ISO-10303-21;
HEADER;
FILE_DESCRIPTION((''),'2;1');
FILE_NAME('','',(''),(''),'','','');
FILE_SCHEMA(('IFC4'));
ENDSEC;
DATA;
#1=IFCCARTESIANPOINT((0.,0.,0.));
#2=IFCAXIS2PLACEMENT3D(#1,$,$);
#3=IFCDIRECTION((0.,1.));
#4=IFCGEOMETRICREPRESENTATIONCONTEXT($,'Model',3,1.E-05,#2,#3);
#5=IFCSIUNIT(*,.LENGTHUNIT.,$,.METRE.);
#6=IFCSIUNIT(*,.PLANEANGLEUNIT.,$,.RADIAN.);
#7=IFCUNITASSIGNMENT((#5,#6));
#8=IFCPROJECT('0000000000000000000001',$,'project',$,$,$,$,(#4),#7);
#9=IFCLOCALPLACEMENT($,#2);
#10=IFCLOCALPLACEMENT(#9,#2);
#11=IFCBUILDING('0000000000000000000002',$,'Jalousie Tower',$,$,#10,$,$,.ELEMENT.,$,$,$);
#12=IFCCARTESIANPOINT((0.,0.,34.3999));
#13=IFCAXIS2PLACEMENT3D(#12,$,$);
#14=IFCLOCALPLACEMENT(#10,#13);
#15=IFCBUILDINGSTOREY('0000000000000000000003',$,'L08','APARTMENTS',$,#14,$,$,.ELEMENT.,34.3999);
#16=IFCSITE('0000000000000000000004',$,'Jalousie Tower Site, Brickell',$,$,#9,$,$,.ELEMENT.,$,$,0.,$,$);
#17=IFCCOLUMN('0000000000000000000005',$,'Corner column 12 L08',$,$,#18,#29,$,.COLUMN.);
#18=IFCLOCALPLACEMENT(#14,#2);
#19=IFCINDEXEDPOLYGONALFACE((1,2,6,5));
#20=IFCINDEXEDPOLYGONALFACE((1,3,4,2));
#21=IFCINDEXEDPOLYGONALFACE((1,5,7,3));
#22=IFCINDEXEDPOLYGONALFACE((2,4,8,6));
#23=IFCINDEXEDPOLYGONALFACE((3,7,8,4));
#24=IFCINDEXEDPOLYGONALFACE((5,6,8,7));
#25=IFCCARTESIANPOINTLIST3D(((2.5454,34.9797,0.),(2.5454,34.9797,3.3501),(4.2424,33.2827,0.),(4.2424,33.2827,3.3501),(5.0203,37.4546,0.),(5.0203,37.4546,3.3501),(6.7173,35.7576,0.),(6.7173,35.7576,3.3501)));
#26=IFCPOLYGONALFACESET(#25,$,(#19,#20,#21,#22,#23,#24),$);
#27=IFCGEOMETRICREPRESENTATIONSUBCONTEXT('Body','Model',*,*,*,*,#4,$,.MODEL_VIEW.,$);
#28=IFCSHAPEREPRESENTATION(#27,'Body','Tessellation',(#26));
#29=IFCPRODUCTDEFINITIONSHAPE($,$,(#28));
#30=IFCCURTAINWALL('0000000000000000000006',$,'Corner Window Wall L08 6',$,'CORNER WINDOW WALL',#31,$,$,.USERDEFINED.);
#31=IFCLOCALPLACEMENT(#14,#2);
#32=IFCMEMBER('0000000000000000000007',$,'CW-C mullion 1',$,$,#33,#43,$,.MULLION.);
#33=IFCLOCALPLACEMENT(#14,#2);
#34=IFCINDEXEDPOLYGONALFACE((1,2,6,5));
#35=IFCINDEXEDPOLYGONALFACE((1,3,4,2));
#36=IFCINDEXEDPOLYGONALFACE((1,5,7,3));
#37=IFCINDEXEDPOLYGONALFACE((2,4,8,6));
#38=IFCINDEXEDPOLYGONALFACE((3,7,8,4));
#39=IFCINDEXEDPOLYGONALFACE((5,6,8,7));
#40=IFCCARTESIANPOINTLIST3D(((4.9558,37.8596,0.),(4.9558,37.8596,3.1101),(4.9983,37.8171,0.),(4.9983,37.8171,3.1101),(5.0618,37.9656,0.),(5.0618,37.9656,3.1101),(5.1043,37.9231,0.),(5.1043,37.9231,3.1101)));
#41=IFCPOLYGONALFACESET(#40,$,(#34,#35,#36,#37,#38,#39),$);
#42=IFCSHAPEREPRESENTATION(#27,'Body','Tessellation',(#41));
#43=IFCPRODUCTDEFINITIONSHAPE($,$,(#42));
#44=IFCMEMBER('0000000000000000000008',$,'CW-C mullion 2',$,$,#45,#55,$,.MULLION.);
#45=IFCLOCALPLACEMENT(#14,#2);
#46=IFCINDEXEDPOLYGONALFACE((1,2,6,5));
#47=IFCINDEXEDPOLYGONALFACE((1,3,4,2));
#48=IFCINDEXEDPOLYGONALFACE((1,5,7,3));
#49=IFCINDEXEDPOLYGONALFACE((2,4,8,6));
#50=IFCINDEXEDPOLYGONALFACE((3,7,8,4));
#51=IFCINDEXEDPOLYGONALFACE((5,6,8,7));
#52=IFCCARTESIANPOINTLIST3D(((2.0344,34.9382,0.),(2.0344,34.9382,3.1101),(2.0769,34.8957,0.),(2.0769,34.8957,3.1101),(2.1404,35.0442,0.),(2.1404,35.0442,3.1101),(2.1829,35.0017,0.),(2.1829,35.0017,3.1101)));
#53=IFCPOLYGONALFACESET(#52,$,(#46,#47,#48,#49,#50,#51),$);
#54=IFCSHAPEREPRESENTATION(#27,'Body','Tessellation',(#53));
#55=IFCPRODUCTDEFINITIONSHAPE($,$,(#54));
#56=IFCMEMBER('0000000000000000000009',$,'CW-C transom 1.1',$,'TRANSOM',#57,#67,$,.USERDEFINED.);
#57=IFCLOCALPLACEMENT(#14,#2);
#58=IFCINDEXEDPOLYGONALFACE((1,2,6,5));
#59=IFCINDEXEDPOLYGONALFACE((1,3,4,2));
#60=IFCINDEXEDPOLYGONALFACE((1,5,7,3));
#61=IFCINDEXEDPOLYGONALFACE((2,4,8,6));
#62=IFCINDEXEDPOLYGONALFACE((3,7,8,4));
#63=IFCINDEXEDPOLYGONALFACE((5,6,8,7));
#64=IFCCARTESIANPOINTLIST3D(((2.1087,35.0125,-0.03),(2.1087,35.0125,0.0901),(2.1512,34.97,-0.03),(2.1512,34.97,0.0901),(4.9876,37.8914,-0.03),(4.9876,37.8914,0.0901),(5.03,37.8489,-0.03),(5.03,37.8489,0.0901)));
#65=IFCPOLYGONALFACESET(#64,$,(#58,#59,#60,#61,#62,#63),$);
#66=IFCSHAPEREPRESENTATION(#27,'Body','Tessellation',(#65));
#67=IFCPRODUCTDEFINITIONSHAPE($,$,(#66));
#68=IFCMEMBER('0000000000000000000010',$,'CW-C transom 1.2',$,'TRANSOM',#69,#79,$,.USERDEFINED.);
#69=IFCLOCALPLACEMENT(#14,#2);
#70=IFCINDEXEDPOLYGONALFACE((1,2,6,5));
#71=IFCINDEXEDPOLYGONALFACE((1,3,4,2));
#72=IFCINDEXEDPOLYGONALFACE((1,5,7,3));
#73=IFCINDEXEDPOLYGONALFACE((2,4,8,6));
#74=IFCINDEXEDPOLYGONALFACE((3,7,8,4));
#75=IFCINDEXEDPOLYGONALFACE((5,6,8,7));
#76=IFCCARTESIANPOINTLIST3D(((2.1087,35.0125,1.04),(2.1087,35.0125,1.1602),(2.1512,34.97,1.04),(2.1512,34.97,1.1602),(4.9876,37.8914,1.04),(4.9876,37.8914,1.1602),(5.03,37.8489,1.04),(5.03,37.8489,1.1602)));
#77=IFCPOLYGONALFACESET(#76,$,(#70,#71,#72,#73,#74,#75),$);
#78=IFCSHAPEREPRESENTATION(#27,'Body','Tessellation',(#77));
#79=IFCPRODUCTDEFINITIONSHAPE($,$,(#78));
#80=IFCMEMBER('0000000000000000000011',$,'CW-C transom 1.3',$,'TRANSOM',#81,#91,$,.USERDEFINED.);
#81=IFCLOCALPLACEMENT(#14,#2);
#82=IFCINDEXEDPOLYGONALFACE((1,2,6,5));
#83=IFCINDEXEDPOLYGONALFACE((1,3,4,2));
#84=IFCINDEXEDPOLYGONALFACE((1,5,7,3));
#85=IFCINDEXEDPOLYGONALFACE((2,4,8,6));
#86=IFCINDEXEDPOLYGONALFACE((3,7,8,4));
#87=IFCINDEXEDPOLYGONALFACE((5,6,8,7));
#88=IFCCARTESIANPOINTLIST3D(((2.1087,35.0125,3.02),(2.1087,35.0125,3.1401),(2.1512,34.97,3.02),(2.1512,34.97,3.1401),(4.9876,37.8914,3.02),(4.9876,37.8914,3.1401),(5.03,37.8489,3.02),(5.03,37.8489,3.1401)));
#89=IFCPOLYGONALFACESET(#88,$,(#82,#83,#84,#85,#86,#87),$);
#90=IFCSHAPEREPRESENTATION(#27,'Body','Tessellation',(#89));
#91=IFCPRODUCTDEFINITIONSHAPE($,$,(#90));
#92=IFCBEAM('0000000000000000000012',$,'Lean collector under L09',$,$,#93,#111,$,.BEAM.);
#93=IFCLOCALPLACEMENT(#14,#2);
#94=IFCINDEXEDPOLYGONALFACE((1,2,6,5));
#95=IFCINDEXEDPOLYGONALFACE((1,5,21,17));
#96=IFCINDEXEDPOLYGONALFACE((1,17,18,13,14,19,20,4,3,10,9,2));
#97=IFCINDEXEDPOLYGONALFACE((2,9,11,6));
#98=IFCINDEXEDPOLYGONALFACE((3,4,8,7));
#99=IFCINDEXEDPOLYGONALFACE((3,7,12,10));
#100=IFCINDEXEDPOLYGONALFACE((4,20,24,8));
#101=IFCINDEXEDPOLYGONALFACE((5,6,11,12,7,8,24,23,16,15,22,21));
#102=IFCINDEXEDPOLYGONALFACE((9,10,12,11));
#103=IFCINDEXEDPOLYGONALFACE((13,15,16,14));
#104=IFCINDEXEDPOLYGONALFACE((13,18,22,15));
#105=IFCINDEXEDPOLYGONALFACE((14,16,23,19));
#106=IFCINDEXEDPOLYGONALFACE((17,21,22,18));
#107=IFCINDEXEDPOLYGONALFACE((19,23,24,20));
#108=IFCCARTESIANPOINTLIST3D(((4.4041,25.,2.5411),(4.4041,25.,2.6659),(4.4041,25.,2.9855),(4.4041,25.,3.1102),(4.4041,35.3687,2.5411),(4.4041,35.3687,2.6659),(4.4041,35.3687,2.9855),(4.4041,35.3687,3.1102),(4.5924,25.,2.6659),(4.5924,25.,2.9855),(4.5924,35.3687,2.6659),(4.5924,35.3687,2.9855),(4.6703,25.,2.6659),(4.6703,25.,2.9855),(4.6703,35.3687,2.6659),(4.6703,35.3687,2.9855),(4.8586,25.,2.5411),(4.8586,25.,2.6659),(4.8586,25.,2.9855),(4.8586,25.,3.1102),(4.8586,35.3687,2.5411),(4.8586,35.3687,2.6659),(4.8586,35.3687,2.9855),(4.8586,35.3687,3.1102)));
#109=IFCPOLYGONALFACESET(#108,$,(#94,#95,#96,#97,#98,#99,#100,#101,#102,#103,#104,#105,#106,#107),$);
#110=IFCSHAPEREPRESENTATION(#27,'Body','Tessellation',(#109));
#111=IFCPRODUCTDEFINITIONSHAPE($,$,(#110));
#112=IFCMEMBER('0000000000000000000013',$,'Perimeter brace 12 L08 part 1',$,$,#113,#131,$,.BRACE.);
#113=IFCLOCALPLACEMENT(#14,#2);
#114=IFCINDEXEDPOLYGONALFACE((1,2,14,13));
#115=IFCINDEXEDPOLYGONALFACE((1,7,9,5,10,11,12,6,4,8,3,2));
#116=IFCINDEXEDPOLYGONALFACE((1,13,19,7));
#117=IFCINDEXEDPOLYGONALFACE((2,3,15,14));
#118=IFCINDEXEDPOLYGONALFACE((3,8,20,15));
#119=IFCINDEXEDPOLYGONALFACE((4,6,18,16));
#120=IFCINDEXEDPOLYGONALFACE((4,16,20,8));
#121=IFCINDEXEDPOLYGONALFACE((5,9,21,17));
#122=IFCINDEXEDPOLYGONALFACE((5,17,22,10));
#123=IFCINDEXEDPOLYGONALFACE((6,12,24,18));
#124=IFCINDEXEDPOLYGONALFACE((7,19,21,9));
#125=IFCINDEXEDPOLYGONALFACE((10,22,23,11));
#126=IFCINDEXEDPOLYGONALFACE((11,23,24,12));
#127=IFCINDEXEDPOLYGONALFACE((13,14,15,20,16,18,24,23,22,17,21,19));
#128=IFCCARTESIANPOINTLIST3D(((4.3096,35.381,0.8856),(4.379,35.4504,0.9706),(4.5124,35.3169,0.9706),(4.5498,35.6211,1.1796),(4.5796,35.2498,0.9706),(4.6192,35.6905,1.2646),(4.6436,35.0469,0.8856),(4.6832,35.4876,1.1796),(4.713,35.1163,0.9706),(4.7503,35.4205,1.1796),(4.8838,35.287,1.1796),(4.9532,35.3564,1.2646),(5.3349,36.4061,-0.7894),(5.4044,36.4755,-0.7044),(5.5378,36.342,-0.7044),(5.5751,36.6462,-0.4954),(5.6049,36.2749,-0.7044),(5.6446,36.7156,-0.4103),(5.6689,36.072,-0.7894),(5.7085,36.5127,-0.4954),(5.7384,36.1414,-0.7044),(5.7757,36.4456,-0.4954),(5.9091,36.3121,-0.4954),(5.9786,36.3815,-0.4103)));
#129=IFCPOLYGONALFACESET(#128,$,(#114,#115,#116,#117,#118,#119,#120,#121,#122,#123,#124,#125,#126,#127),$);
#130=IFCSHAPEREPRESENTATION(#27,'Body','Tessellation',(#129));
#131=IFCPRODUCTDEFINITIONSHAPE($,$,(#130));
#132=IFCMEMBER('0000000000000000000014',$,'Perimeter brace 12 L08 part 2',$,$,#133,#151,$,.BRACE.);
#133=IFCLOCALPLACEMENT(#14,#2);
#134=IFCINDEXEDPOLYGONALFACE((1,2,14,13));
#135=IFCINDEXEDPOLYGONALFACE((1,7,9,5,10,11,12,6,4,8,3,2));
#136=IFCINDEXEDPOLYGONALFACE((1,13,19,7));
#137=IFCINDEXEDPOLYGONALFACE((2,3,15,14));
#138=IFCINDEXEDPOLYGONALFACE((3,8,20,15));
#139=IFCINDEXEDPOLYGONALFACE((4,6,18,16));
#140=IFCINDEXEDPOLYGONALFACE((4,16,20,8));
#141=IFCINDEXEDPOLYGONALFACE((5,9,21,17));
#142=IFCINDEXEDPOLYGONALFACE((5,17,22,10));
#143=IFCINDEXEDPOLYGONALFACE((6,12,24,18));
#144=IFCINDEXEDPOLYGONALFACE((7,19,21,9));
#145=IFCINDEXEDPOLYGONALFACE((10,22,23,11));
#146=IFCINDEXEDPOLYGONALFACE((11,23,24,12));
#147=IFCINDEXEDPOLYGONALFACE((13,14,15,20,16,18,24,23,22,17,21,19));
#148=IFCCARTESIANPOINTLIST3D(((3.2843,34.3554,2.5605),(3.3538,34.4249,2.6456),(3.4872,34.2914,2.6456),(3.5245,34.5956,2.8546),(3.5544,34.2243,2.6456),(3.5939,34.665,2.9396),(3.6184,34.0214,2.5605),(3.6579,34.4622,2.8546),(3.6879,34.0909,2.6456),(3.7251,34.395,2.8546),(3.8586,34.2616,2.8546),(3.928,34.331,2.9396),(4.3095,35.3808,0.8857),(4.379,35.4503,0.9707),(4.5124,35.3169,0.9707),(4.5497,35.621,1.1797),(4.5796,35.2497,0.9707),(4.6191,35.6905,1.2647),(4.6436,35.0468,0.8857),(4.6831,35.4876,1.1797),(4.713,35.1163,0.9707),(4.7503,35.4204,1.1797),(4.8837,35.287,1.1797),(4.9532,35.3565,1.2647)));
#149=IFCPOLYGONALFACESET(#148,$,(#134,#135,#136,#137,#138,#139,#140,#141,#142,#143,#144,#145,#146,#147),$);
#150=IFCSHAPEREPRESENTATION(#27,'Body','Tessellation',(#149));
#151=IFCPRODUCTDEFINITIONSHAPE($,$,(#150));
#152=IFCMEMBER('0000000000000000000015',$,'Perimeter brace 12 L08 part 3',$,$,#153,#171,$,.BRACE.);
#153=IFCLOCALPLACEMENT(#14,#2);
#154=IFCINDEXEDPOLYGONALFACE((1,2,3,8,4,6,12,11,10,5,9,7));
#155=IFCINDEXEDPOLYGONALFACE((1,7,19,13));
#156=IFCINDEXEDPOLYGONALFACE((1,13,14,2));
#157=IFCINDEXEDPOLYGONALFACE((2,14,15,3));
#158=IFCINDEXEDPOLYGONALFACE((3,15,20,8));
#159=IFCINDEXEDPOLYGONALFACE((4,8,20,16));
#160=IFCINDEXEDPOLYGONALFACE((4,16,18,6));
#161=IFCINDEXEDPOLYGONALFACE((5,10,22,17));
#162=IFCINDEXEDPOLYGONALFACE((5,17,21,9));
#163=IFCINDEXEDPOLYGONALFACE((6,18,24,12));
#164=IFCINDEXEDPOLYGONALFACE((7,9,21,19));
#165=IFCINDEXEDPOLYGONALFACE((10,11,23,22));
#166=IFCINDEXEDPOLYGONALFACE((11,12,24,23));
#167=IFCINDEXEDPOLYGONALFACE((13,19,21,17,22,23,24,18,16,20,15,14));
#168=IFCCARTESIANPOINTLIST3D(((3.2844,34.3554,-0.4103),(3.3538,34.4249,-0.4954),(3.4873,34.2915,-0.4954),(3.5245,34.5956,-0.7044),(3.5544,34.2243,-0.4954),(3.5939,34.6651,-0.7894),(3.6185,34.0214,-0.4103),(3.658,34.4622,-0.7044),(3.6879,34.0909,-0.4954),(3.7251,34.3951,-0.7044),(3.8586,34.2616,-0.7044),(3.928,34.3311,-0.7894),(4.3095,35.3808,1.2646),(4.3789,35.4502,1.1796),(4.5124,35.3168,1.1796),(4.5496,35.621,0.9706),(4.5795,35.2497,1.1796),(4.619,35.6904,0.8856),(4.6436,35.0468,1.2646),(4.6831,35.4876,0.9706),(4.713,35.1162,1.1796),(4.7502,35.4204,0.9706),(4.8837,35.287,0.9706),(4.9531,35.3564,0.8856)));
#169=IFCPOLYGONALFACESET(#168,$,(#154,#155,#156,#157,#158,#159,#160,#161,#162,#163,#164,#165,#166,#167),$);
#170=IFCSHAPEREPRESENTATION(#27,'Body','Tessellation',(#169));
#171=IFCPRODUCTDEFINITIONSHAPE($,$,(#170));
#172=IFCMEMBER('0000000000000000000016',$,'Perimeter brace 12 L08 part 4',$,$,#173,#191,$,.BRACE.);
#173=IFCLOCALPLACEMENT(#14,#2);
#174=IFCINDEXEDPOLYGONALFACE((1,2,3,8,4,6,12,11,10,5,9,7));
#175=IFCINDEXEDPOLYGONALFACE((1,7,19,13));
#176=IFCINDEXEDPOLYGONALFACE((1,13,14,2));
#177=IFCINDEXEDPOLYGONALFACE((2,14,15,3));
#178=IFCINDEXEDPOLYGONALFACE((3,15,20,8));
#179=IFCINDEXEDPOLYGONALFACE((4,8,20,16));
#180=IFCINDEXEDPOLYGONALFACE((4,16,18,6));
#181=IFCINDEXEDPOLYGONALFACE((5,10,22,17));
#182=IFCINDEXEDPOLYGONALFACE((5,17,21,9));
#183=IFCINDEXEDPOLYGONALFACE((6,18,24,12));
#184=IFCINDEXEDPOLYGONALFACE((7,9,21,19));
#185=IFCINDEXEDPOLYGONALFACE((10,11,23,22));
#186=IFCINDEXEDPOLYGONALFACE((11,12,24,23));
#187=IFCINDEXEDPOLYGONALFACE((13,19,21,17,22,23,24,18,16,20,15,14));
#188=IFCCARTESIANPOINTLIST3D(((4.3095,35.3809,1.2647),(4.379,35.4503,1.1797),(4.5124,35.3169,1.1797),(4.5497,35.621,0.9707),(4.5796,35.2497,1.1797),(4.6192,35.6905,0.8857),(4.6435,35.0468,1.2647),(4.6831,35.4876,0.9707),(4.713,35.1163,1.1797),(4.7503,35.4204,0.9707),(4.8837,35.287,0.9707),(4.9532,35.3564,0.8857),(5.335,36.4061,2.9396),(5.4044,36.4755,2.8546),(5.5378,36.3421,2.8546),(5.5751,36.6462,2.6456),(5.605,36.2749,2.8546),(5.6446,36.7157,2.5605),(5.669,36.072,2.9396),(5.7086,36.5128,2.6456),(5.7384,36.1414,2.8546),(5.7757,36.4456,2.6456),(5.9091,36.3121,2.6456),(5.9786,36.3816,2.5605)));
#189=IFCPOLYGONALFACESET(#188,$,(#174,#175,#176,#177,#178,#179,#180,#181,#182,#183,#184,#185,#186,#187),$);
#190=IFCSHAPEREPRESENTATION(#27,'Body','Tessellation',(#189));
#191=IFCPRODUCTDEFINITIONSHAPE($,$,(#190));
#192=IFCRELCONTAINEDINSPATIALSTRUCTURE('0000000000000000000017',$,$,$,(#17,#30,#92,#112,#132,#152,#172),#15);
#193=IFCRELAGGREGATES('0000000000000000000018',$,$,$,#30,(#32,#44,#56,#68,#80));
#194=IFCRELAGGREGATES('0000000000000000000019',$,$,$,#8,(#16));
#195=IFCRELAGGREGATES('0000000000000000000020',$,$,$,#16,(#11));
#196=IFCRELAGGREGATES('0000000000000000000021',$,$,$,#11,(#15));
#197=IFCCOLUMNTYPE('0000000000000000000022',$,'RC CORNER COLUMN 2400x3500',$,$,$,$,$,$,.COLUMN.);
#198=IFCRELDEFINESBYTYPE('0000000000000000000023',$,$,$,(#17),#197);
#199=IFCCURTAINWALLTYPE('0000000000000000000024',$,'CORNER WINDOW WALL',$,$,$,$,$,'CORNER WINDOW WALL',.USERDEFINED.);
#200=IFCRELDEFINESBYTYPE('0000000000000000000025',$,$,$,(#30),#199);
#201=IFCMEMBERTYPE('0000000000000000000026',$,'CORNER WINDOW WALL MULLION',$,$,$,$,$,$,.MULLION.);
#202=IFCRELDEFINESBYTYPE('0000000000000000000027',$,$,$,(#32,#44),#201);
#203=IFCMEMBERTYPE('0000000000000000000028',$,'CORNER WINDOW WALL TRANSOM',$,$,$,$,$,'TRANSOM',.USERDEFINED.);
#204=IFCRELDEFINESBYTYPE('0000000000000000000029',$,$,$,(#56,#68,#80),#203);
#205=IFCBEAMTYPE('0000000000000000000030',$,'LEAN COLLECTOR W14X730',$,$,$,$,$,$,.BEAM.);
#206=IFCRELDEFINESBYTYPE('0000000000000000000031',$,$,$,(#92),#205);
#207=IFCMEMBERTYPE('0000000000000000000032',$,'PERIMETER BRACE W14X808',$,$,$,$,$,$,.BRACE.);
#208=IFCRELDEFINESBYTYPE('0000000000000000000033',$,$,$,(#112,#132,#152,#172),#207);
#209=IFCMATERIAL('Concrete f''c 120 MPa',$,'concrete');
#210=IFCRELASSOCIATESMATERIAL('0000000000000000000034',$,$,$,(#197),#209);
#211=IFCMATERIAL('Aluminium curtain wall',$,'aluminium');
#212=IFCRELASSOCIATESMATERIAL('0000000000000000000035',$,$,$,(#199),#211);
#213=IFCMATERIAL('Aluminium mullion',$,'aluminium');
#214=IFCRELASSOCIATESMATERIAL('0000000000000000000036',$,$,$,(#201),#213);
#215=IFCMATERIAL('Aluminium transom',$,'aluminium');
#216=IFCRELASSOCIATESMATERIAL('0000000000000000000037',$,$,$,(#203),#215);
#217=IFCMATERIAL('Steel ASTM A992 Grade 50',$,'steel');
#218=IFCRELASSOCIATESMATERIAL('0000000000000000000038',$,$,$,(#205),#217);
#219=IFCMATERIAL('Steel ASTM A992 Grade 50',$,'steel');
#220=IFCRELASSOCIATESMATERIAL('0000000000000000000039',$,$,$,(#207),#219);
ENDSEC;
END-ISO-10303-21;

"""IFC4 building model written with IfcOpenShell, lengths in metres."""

from ifc_helpers import new_model, si_unit, direction, frame, origin, origin_2d, place, context, subcontext, project, spatial, rectangle, i_section, extrude, material, material_profile, profile_set, type_object, element, aggregate, save


model = new_model("IFC4")

# Units and contexts
model_context = context("Model", 3, precision=1e-05, world=origin(), true_north=direction((0.0, 1.0)))
body_context = subcontext(model_context, "Body", "Model", "MODEL_VIEW")
ifc_project = project(units=[si_unit("LENGTHUNIT", "METRE"), si_unit("PLANEANGLEUNIT", "RADIAN")], contexts=[model_context])

# Site, building, storey
site_placement = place(None, origin())
site = spatial("IfcSite", under=ifc_project, at=site_placement, Name="Jalousie Tower Site, Brickell", CompositionType="ELEMENT", RefElevation=0.0)
building_placement = place(site_placement, origin())
building = spatial("IfcBuilding", under=site, at=building_placement, Name="Jalousie Tower", CompositionType="ELEMENT")
storey_placement = place(building_placement, frame((0.0, 0.0, 34.3999)))
storey = spatial("IfcBuildingStorey", under=building, at=storey_placement, Name="L08", Description="APARTMENTS", CompositionType="ELEMENT", Elevation=34.3999)

# Column
ifc_material_1 = material(Name="Concrete f'c 120 MPa", Category="concrete")
ifc_material_profile_1 = material_profile(ifc_material_1, rectangle(XDim=2.3999, YDim=3.5, at=origin_2d()), Name="RC 2400x3500")
ifc_profile_set_1 = profile_set([ifc_material_profile_1], Name="Concrete f'c 120 MPa")
column_type = type_object("IfcColumnType", Name="RC CORNER COLUMN 2400x3500", PredefinedType="COLUMN", material=ifc_profile_set_1)
column_placement = place(storey_placement, frame((4.6313, 35.3687, 0.0), z_axis=(0.0, 0.0, 1.0), x_axis=(0.707107, -0.707107, 0.0)))
element("IfcColumn", 1, at=column_placement, inside=storey, type_object=column_type, Name="Corner column 12 L08", PredefinedType="COLUMN", context=body_context, shape_type="SweptSolid", body=[
    extrude(rectangle(XDim=2.3999, YDim=3.5, at=origin_2d()), origin(), (0.0, 0.0, 1.0), 3.3501),
])

# Curtain wall, members
ifc_material_2 = material(Name="Aluminium curtain wall", Category="aluminium")
curtain_wall_type_1 = type_object("IfcCurtainWallType", Name="CORNER WINDOW WALL", ElementType="CORNER WINDOW WALL", PredefinedType="USERDEFINED", material=ifc_material_2)
curtain_wall_1_placement = place(storey_placement, origin())
curtain_wall_1 = element("IfcCurtainWall", 2, at=curtain_wall_1_placement, inside=storey, type_object=curtain_wall_type_1, Name="Corner Window Wall L08 6", ObjectType="CORNER WINDOW WALL", PredefinedType="USERDEFINED")
ifc_material_3 = material(Name="Aluminium mullion", Category="aluminium")
ifc_material_profile_2 = material_profile(ifc_material_3, rectangle(XDim=0.0601, YDim=0.1499, at=origin_2d()), Name="MULLION 60x150")
ifc_profile_set_2 = profile_set([ifc_material_profile_2], Name="Aluminium mullion")
member_type_1 = type_object("IfcMemberType", Name="CORNER WINDOW WALL MULLION", PredefinedType="MULLION", material=ifc_profile_set_2)
member_1_placement = place(storey_placement, frame((5.03, 37.8914, 0.0), z_axis=(0.0, 0.0, 1.0), x_axis=(0.707107, -0.707107, 0.0)))
member_1 = element("IfcMember", 3, at=member_1_placement, type_object=member_type_1, Name="CW-C mullion 1", PredefinedType="MULLION", context=body_context, shape_type="SweptSolid", body=[
    extrude(rectangle(XDim=0.0601, YDim=0.1499, at=origin_2d()), origin(), (0.0, 0.0, 1.0), 3.1101),
])
member_2_placement = place(storey_placement, frame((2.1086, 34.97, 0.0), z_axis=(0.0, 0.0, 1.0), x_axis=(0.707107, -0.707107, 0.0)))
member_2 = element("IfcMember", 4, at=member_2_placement, type_object=member_type_1, Name="CW-C mullion 2", PredefinedType="MULLION", context=body_context, shape_type="SweptSolid", body=[
    extrude(rectangle(XDim=0.0601, YDim=0.1499, at=origin_2d()), origin(), (0.0, 0.0, 1.0), 3.1101),
])
ifc_material_4 = material(Name="Aluminium transom", Category="aluminium")
ifc_material_profile_3 = material_profile(ifc_material_4, rectangle(XDim=0.0601, YDim=0.1201, at=origin_2d()), Name="TRANSOM 60x120")
ifc_profile_set_3 = profile_set([ifc_material_profile_3], Name="Aluminium transom")
member_type_2 = type_object("IfcMemberType", Name="CORNER WINDOW WALL TRANSOM", ElementType="TRANSOM", PredefinedType="USERDEFINED", material=ifc_profile_set_3)
member_3_placement = place(storey_placement, frame((5.0088, 37.8701, 0.03), z_axis=(-0.707107, -0.707107, 0.0), x_axis=(0.707107, -0.707107, 0.0)))
member_3 = element("IfcMember", 5, at=member_3_placement, type_object=member_type_2, Name="CW-C transom 1.1", ObjectType="TRANSOM", PredefinedType="USERDEFINED", context=body_context, shape_type="SweptSolid", body=[
    extrude(rectangle(XDim=0.0601, YDim=0.1201, at=origin_2d()), origin(), (0.0, 0.0, 1.0), 4.0713),
])
member_4_placement = place(storey_placement, frame((5.0088, 37.8701, 1.1001), z_axis=(-0.707107, -0.707107, 0.0), x_axis=(0.707107, -0.707107, 0.0)))
member_4 = element("IfcMember", 6, at=member_4_placement, type_object=member_type_2, Name="CW-C transom 1.2", ObjectType="TRANSOM", PredefinedType="USERDEFINED", context=body_context, shape_type="SweptSolid", body=[
    extrude(rectangle(XDim=0.0601, YDim=0.1201, at=origin_2d()), origin(), (0.0, 0.0, 1.0), 4.0713),
])
member_5_placement = place(storey_placement, frame((5.0088, 37.8701, 3.0801), z_axis=(-0.707107, -0.707107, 0.0), x_axis=(0.707107, -0.707107, 0.0)))
member_5 = element("IfcMember", 7, at=member_5_placement, type_object=member_type_2, Name="CW-C transom 1.3", ObjectType="TRANSOM", PredefinedType="USERDEFINED", context=body_context, shape_type="SweptSolid", body=[
    extrude(rectangle(XDim=0.0601, YDim=0.1201, at=origin_2d()), origin(), (0.0, 0.0, 1.0), 4.0713),
])

# Beam
ifc_material_5 = material(Name="Steel ASTM A992 Grade 50", Category="steel")
ifc_material_profile_4 = material_profile(ifc_material_5, i_section(OverallWidth=0.4546, OverallDepth=0.5691, WebThickness=0.0779, FlangeThickness=0.1248, at=origin_2d()), Name="W14X730")
ifc_profile_set_4 = profile_set([ifc_material_profile_4], Name="Steel ASTM A992 Grade 50")
beam_type_1 = type_object("IfcBeamType", Name="LEAN COLLECTOR W14X730", PredefinedType="BEAM", material=ifc_profile_set_4)
beam_1_placement = place(storey_placement, frame((4.6313, 35.3687, 2.8257), z_axis=(0.0, -1.0, 0.0), x_axis=(1.0, 0.0, 0.0)))
element("IfcBeam", 8, at=beam_1_placement, inside=storey, type_object=beam_type_1, Name="Lean collector under L09", PredefinedType="BEAM", context=body_context, shape_type="SweptSolid", body=[
    extrude(i_section(OverallWidth=0.4546, OverallDepth=0.5691, WebThickness=0.0779, FlangeThickness=0.1248, at=origin_2d()), origin(), (0.0, 0.0, 1.0), 10.3687),
])

# Members
ifc_material_6 = material(Name="Steel ASTM A992 Grade 50", Category="steel")
ifc_material_profile_5 = material_profile(ifc_material_6, i_section(OverallWidth=0.4724, OverallDepth=0.5791, WebThickness=0.095, FlangeThickness=0.1299, at=origin_2d()), Name="W14X808")
ifc_profile_set_5 = profile_set([ifc_material_profile_5], Name="Steel ASTM A992 Grade 50")
member_type_3 = type_object("IfcMemberType", Name="PERIMETER BRACE W14X808", PredefinedType="BRACE", material=ifc_profile_set_5)
for number, where, z_axis, x_axis, name in (
    (9, (5.6567, 36.3938, -0.5999), (-0.46284, -0.46273, 0.756082), (0.707023, -0.707191, 0.0), "Perimeter brace 12 L08 part 1"),
    (10, (4.6313, 35.3687, 1.0752), (-0.462768, -0.462879, 0.756035), (0.707191, -0.707023, 0.0), "Perimeter brace 12 L08 part 2"),
    (11, (3.6062, 34.3433, -0.5999), (0.46273, 0.46284, 0.756082), (-0.707191, 0.707023, 0.0), "Perimeter brace 12 L08 part 3"),
    (12, (4.6313, 35.3687, 1.0752), (0.462879, 0.462768, 0.756035), (-0.707023, 0.707191, 0.0), "Perimeter brace 12 L08 part 4"),
):
    element("IfcMember", number, at=place(storey_placement, frame(where, z_axis=z_axis, x_axis=x_axis)), inside=storey, type_object=member_type_3, Name=name, PredefinedType="BRACE", context=body_context, shape_type="SweptSolid", body=[
        extrude(i_section(OverallWidth=0.4724, OverallDepth=0.5791, WebThickness=0.095, FlangeThickness=0.1299, at=origin_2d()), origin(), (0.0, 0.0, 1.0), 2.2153),
    ])

aggregate(curtain_wall_1, [member_1, member_2, member_3, member_4, member_5])

save(model, "model.ifc")
